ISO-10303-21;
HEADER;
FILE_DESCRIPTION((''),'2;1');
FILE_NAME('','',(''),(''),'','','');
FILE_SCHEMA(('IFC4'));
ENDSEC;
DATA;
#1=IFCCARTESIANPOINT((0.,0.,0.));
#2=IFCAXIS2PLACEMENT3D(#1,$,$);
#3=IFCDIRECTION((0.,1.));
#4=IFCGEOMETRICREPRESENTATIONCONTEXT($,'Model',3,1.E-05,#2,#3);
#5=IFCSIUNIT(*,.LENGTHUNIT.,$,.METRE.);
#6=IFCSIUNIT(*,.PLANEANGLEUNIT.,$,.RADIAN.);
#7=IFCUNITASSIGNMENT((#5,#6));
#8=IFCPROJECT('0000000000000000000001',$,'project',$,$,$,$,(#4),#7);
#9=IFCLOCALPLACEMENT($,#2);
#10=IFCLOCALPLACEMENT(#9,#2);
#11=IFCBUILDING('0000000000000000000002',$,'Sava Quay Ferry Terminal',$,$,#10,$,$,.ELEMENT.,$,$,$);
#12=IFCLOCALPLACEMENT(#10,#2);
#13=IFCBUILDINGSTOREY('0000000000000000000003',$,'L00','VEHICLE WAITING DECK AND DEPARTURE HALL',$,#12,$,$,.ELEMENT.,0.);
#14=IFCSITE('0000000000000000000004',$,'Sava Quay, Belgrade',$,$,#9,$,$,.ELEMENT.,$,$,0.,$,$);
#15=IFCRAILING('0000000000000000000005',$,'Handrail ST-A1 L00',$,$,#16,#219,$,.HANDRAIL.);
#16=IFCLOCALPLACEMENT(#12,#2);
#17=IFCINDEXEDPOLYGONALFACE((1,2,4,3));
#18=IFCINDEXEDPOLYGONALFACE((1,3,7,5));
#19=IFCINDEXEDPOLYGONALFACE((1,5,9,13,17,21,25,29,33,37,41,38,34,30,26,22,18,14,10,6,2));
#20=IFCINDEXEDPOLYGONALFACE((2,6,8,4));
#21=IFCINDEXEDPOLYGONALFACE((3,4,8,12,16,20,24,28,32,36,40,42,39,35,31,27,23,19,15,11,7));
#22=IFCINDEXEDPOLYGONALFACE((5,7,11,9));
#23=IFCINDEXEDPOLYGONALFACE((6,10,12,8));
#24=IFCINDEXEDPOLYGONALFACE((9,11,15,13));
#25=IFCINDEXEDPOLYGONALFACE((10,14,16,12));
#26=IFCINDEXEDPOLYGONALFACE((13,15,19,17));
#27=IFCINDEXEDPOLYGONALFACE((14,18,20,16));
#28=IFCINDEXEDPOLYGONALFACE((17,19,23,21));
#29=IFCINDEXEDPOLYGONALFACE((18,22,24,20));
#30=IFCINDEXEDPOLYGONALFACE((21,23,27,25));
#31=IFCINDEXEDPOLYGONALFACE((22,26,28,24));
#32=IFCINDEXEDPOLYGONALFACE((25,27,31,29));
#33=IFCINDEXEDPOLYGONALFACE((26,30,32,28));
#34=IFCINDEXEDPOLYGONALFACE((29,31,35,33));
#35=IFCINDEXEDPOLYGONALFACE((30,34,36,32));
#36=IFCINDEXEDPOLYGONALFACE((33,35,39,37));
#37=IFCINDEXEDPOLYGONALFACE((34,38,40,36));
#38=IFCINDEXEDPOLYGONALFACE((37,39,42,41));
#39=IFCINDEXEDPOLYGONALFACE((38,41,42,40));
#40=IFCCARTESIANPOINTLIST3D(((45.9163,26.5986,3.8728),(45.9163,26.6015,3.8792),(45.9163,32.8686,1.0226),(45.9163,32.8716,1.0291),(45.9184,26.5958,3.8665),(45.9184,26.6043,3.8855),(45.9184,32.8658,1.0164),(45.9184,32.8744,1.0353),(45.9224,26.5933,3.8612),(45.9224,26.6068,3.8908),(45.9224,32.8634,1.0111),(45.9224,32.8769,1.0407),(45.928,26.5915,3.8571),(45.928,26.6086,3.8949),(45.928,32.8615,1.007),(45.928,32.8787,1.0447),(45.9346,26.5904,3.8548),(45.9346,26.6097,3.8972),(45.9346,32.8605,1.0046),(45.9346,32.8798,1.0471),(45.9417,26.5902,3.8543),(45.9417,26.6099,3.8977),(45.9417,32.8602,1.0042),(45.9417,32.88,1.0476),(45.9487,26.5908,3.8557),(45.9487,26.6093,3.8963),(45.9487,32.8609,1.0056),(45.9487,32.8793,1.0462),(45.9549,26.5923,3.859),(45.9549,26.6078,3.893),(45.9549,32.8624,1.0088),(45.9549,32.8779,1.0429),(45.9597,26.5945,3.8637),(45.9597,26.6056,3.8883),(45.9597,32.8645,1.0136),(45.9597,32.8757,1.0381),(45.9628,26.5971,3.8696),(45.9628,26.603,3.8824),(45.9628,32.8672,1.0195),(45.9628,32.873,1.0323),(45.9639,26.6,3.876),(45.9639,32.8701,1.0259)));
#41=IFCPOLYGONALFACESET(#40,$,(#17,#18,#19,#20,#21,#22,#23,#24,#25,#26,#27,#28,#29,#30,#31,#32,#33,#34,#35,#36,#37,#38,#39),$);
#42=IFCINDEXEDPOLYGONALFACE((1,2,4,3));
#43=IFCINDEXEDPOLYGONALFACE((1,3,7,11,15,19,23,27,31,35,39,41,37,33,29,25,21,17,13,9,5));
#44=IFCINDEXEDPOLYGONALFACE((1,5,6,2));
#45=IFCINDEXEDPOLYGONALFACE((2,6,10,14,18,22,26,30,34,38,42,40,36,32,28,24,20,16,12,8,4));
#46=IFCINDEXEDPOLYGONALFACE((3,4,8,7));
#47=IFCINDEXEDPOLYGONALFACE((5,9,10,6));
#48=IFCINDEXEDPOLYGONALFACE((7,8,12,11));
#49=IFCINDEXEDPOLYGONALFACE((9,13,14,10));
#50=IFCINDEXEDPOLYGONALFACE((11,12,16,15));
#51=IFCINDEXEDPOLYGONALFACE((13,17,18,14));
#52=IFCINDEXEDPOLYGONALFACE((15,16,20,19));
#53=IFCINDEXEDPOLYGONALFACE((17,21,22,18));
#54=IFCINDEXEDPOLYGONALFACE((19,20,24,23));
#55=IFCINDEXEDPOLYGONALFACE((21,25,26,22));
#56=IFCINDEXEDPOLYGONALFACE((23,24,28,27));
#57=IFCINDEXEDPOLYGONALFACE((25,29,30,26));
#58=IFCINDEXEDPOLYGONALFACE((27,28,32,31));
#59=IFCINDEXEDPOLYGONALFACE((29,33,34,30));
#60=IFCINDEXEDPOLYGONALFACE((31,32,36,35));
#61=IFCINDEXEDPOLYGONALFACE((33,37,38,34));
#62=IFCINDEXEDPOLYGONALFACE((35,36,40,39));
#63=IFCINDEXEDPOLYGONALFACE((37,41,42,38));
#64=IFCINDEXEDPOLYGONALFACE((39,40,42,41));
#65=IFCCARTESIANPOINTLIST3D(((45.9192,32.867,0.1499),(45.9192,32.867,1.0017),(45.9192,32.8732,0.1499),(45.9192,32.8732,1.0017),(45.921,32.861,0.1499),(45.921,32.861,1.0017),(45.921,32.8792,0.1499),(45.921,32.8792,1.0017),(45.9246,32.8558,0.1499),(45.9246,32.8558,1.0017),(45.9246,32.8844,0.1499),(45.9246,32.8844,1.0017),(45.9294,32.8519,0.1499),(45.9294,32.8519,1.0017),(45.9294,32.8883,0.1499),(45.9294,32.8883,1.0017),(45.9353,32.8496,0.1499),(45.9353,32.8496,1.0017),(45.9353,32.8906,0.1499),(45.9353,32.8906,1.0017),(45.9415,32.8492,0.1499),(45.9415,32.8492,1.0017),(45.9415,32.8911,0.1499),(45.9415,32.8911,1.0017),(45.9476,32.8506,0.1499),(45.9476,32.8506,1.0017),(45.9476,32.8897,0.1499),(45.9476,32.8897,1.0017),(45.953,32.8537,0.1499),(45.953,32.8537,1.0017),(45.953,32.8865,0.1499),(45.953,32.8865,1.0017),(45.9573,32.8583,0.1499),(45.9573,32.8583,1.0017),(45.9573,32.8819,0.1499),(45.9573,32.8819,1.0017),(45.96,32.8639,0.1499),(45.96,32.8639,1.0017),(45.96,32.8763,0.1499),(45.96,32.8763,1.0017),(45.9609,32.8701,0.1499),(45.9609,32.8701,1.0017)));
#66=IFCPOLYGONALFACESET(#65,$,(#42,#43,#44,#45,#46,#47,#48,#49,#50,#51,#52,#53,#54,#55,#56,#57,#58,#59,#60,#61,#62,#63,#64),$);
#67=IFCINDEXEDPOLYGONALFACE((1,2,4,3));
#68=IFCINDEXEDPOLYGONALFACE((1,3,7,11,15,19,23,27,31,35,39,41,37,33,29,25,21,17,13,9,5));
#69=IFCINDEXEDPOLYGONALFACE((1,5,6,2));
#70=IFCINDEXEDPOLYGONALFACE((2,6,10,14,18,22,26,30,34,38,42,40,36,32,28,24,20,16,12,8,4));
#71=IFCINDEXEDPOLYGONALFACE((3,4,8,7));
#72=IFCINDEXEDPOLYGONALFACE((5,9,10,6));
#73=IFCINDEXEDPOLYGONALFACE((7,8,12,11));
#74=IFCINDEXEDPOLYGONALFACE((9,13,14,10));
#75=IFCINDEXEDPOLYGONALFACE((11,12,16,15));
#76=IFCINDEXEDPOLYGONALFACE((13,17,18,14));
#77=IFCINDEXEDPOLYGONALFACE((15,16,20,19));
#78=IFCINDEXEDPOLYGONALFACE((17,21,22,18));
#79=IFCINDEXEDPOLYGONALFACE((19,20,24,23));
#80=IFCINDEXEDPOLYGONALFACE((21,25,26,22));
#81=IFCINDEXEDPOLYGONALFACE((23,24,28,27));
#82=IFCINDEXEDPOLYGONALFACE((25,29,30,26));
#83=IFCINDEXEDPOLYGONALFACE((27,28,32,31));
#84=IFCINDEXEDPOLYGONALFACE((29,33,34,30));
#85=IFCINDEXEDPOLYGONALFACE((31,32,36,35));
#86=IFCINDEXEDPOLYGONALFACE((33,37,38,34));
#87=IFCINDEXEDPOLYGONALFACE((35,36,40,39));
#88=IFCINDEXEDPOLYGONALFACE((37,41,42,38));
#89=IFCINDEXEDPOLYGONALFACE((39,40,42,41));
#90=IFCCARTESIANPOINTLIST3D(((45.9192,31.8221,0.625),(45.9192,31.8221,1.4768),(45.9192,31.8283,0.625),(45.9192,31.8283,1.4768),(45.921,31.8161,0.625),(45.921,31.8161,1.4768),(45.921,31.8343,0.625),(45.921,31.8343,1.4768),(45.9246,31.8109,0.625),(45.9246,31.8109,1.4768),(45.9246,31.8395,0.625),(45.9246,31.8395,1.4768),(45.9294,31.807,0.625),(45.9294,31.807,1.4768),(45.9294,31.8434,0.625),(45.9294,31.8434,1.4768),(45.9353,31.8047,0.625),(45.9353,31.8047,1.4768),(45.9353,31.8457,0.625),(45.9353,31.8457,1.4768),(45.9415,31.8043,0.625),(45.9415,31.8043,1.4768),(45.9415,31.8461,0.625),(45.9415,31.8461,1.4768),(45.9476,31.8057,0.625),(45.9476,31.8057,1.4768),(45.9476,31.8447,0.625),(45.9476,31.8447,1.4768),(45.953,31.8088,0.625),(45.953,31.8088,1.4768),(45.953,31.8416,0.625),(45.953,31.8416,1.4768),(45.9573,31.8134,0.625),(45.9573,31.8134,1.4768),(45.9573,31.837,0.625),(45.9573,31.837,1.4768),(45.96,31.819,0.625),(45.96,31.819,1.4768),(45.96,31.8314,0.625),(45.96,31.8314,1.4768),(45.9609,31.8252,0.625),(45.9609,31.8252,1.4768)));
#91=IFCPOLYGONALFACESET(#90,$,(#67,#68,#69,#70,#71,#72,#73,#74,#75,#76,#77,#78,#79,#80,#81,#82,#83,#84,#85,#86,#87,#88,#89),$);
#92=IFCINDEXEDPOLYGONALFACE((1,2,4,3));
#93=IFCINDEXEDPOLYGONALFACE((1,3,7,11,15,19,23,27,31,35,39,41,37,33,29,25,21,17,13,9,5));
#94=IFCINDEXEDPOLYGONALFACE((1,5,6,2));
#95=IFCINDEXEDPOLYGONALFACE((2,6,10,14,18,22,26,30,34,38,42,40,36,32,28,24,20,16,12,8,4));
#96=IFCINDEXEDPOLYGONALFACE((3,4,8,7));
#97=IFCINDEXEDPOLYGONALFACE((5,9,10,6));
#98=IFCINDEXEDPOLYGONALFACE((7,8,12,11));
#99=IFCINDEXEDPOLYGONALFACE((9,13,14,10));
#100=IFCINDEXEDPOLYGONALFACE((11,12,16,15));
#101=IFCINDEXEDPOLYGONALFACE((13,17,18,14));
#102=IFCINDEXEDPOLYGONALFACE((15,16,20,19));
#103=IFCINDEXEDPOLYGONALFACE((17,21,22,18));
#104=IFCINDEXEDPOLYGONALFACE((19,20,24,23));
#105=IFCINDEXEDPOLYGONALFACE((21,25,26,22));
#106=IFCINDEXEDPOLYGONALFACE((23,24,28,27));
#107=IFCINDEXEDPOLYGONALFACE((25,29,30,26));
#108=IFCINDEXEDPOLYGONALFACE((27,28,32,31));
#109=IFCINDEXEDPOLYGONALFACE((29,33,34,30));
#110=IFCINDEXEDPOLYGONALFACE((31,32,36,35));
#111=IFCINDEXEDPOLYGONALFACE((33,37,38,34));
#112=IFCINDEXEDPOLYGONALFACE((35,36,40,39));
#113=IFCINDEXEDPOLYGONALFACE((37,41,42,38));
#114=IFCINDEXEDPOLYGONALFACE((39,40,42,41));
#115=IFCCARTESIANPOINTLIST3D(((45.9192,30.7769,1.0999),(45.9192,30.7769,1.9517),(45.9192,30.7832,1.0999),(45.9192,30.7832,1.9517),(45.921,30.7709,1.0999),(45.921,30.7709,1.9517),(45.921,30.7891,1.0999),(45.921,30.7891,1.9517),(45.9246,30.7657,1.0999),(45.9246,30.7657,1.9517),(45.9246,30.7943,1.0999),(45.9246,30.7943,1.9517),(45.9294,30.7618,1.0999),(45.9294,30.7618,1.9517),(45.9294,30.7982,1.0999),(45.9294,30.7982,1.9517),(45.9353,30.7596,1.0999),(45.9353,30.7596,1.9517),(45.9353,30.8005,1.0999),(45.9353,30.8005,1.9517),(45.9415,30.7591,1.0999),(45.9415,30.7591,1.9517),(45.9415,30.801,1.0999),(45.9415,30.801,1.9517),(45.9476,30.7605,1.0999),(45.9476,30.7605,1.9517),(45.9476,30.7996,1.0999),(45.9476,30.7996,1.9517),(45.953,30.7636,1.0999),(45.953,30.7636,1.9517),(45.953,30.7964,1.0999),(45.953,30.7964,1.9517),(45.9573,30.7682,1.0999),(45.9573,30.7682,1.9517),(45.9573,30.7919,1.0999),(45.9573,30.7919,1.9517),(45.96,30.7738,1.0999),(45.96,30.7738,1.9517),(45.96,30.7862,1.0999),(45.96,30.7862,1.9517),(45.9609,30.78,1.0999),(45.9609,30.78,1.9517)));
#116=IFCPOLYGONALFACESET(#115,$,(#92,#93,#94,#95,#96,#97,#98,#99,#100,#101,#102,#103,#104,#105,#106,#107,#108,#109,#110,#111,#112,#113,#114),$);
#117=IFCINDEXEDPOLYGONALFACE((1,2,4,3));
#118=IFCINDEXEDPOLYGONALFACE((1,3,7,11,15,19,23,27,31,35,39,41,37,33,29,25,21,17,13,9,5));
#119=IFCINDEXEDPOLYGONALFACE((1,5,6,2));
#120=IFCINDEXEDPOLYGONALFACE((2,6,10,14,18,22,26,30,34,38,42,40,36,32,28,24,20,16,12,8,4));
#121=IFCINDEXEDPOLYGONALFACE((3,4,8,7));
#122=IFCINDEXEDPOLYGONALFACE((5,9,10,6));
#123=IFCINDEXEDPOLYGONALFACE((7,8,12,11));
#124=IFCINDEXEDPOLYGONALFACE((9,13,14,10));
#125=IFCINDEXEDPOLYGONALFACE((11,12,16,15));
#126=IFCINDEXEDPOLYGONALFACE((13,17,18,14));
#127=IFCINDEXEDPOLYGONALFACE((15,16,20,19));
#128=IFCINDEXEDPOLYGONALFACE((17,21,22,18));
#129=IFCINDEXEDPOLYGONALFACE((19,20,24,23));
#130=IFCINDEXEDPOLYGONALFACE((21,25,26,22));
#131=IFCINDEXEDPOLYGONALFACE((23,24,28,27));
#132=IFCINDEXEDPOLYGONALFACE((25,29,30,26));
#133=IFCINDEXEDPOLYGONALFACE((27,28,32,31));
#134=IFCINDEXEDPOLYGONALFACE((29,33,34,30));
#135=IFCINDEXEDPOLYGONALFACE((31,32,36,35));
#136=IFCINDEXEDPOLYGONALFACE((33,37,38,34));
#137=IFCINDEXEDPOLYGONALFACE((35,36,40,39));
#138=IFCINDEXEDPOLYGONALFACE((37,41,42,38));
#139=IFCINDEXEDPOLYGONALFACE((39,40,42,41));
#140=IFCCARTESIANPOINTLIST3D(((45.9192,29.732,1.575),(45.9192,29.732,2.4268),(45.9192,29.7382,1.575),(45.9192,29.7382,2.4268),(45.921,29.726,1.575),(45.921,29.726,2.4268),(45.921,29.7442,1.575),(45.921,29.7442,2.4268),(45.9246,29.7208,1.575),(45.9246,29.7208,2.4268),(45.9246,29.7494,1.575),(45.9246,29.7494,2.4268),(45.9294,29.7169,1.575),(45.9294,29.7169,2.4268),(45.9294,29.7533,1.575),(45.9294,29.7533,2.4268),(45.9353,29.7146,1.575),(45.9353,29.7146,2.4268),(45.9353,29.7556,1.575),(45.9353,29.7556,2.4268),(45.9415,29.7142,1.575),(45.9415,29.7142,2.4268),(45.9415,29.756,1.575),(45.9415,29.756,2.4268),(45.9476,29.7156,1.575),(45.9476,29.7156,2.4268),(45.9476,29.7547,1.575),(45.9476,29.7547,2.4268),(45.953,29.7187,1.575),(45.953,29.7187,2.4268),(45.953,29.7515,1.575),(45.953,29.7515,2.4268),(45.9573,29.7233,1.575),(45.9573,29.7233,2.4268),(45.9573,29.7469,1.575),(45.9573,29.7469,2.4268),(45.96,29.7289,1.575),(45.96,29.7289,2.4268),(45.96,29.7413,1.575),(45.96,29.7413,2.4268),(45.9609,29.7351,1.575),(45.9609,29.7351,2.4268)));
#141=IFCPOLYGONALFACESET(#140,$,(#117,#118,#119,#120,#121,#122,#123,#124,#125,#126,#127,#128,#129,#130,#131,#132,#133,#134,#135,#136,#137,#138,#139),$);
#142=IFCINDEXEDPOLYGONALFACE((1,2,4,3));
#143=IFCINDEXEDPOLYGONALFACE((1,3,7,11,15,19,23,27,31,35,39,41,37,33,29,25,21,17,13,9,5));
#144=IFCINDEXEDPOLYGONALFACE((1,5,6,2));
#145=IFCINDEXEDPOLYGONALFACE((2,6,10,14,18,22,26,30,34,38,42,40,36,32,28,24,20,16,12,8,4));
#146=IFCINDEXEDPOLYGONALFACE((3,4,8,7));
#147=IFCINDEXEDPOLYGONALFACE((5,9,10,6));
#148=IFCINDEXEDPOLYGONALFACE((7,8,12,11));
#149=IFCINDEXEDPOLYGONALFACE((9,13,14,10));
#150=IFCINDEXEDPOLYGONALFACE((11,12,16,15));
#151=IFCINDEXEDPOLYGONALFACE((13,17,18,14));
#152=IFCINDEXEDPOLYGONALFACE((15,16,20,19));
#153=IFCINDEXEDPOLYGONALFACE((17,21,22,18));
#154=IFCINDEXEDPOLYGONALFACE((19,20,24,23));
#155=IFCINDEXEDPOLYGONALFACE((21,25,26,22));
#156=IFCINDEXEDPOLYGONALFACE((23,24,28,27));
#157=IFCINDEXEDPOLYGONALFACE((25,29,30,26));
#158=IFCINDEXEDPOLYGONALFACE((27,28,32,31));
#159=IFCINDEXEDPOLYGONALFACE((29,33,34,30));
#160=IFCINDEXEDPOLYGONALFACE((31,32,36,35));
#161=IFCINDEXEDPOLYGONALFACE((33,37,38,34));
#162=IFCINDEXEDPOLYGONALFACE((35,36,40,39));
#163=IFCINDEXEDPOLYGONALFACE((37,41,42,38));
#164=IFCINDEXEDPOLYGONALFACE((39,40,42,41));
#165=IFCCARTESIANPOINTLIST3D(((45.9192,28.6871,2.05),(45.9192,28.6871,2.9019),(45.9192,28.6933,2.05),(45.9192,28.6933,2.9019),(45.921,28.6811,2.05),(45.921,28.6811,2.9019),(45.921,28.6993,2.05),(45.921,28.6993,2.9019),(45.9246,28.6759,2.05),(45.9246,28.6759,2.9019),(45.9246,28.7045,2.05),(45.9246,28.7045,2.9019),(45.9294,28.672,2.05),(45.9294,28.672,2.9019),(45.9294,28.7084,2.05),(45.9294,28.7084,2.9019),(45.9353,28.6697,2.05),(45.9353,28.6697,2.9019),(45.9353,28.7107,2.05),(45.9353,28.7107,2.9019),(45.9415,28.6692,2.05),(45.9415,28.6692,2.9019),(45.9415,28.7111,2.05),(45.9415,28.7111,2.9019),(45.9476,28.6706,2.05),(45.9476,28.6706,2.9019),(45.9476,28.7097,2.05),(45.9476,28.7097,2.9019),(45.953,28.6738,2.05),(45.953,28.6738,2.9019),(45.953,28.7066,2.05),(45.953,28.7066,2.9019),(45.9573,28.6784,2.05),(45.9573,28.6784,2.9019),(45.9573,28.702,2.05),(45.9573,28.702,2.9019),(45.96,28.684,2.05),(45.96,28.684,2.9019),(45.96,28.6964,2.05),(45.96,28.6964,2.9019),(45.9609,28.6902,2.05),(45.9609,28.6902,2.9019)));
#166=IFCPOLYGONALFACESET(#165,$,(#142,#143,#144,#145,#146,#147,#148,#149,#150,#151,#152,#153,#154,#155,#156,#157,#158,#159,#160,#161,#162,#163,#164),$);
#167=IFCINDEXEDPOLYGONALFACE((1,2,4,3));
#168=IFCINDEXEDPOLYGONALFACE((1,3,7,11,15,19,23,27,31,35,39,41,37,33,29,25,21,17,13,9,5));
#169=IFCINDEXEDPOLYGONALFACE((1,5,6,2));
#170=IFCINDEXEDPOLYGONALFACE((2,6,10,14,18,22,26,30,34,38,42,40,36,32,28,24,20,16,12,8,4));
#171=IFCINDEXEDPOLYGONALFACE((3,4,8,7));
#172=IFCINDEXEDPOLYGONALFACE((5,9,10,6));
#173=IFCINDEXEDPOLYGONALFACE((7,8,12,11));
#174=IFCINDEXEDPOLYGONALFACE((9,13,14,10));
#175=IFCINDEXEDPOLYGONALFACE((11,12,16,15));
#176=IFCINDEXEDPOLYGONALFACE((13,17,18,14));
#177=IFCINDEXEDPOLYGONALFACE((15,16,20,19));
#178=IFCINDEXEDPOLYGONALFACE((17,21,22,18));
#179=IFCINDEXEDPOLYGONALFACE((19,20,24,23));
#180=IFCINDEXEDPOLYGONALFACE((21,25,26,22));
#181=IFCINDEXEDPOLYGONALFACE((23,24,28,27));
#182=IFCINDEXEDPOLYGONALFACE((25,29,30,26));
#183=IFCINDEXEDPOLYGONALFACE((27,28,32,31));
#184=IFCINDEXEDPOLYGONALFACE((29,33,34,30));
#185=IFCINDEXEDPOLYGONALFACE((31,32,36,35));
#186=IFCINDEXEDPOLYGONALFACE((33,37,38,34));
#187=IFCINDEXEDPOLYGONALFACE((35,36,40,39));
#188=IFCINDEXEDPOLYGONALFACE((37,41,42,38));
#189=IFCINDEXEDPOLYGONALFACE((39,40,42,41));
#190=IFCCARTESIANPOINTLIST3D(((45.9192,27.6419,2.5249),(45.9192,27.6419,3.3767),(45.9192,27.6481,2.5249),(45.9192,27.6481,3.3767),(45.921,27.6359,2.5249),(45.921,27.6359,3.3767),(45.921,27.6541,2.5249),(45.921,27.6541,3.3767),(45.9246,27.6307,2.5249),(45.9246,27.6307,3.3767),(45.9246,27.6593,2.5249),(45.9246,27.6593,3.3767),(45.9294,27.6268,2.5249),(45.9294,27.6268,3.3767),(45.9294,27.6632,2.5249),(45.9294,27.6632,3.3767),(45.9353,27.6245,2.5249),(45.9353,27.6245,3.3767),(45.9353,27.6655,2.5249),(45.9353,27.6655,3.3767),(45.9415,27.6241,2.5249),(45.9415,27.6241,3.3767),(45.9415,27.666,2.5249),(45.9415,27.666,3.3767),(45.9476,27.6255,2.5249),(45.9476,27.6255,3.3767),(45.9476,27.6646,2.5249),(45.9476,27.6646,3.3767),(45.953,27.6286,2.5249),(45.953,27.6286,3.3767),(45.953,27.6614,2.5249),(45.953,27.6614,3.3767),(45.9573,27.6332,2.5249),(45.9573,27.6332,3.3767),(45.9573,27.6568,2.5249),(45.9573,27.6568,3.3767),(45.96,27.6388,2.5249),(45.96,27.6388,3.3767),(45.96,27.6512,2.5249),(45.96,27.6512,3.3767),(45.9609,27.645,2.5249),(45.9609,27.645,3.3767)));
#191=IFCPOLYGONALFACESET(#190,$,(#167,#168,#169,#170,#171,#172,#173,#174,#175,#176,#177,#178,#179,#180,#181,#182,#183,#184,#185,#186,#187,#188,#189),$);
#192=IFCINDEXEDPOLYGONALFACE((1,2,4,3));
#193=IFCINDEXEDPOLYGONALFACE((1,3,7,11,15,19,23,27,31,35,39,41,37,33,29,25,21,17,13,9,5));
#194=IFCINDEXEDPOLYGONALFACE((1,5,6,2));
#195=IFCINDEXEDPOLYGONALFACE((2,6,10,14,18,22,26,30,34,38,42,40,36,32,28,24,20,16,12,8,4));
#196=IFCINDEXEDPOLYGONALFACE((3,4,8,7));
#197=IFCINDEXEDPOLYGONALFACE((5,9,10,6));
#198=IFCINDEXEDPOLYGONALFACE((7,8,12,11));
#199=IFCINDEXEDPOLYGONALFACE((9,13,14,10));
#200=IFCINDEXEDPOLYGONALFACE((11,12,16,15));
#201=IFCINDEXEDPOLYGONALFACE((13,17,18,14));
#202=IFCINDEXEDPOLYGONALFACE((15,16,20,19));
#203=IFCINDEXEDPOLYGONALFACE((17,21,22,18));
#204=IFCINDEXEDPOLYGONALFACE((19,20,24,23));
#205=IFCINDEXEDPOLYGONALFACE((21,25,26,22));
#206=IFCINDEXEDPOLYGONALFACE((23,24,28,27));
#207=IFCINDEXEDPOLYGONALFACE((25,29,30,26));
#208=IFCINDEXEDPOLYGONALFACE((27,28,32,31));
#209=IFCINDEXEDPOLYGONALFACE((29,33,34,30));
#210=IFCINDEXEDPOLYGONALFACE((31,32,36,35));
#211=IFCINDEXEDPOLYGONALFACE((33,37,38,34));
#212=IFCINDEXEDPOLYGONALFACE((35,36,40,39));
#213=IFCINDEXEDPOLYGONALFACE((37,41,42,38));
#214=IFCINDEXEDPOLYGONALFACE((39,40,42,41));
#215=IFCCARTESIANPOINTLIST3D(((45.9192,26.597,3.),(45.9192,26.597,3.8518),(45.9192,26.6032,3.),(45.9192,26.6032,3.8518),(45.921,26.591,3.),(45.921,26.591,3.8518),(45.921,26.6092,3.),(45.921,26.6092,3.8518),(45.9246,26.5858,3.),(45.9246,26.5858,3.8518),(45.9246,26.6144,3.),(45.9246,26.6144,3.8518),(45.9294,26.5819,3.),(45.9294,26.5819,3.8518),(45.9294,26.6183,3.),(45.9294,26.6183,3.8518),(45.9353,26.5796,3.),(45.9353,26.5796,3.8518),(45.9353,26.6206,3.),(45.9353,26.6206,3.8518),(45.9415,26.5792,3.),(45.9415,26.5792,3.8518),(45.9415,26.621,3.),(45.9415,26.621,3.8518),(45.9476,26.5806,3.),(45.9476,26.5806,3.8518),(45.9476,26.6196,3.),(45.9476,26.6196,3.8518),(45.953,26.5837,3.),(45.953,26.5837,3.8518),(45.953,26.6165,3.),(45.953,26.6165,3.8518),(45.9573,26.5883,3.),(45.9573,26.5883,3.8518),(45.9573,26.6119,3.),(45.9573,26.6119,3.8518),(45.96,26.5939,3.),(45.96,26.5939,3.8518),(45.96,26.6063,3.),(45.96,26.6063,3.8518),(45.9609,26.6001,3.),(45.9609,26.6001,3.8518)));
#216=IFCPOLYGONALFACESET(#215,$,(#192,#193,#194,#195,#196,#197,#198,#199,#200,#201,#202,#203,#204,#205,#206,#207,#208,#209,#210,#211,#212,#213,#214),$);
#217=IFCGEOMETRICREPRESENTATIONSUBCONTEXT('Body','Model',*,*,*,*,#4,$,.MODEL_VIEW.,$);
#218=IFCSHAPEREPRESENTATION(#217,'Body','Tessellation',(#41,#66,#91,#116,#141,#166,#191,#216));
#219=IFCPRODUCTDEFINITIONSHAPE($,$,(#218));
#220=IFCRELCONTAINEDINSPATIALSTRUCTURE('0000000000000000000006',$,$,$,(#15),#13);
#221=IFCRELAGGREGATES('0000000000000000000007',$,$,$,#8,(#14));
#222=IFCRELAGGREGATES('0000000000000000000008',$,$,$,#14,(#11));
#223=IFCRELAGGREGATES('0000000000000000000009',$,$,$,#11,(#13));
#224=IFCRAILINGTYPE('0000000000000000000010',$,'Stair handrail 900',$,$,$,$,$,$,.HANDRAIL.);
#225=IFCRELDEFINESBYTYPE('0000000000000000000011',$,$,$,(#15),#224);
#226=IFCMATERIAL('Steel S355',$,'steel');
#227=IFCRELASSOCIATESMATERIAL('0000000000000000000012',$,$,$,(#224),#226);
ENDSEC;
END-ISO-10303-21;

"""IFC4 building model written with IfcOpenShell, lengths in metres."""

from ifc_helpers import new_model, si_unit, direction, frame, origin, origin_2d, place, context, subcontext, project, spatial, circle, extrude, material, type_object, element, save


model = new_model("IFC4")

# Units and contexts
model_context = context("Model", 3, precision=1e-05, world=origin(), true_north=direction((0.0, 1.0)))
body_context = subcontext(model_context, "Body", "Model", "MODEL_VIEW")
ifc_project = project(units=[si_unit("LENGTHUNIT", "METRE"), si_unit("PLANEANGLEUNIT", "RADIAN")], contexts=[model_context])

# Site, building, storey
site_placement = place(None, origin())
site = spatial("IfcSite", under=ifc_project, at=site_placement, Name="Sava Quay, Belgrade", CompositionType="ELEMENT", RefElevation=0.0)
building_placement = place(site_placement, origin())
building = spatial("IfcBuilding", under=site, at=building_placement, Name="Sava Quay Ferry Terminal", CompositionType="ELEMENT")
storey_placement = place(building_placement, origin())
storey = spatial("IfcBuildingStorey", under=building, at=storey_placement, Name="L00", Description="VEHICLE WAITING DECK AND DEPARTURE HALL", CompositionType="ELEMENT", Elevation=0.0)

# Railing
ifc_material_1 = material(Name="Steel S355", Category="steel")
railing_type = type_object("IfcRailingType", Name="Stair handrail 900", PredefinedType="HANDRAIL", material=ifc_material_1)
railing_placement = place(storey_placement, frame((45.9399, 32.8701, 0.1499)))
element("IfcRailing", 1, at=railing_placement, inside=storey, type_object=railing_type, Name="Handrail ST-A1 L00", PredefinedType="HANDRAIL", context=body_context, shape_type="SweptSolid", body=[
    extrude(circle(Radius=0.0239, at=origin_2d()), frame((0.0, 0.0, 0.876), z_axis=(0.0, -0.910362, 0.413814), x_axis=(1.0, 0.0, 0.0)), (0.0, 0.0, 1.0), 6.8875),
    extrude(circle(Radius=0.021, at=origin_2d()), origin(), (0.0, 0.0, 1.0), 0.8518),
    extrude(circle(Radius=0.021, at=origin_2d()), frame((0.0, -1.0449, 0.4751)), (0.0, 0.0, 1.0), 0.8518),
    extrude(circle(Radius=0.021, at=origin_2d()), frame((0.0, -2.0901, 0.95)), (0.0, 0.0, 1.0), 0.8518),
    extrude(circle(Radius=0.021, at=origin_2d()), frame((0.0, -3.135, 1.425)), (0.0, 0.0, 1.0), 0.8518),
    extrude(circle(Radius=0.021, at=origin_2d()), frame((0.0, -4.1799, 1.9001)), (0.0, 0.0, 1.0), 0.8518),
    extrude(circle(Radius=0.021, at=origin_2d()), frame((0.0, -5.2251, 2.375)), (0.0, 0.0, 1.0), 0.8518),
    extrude(circle(Radius=0.021, at=origin_2d()), frame((0.0, -6.27, 2.8501)), (0.0, 0.0, 1.0), 0.8518),
])

save(model, "model.ifc")
